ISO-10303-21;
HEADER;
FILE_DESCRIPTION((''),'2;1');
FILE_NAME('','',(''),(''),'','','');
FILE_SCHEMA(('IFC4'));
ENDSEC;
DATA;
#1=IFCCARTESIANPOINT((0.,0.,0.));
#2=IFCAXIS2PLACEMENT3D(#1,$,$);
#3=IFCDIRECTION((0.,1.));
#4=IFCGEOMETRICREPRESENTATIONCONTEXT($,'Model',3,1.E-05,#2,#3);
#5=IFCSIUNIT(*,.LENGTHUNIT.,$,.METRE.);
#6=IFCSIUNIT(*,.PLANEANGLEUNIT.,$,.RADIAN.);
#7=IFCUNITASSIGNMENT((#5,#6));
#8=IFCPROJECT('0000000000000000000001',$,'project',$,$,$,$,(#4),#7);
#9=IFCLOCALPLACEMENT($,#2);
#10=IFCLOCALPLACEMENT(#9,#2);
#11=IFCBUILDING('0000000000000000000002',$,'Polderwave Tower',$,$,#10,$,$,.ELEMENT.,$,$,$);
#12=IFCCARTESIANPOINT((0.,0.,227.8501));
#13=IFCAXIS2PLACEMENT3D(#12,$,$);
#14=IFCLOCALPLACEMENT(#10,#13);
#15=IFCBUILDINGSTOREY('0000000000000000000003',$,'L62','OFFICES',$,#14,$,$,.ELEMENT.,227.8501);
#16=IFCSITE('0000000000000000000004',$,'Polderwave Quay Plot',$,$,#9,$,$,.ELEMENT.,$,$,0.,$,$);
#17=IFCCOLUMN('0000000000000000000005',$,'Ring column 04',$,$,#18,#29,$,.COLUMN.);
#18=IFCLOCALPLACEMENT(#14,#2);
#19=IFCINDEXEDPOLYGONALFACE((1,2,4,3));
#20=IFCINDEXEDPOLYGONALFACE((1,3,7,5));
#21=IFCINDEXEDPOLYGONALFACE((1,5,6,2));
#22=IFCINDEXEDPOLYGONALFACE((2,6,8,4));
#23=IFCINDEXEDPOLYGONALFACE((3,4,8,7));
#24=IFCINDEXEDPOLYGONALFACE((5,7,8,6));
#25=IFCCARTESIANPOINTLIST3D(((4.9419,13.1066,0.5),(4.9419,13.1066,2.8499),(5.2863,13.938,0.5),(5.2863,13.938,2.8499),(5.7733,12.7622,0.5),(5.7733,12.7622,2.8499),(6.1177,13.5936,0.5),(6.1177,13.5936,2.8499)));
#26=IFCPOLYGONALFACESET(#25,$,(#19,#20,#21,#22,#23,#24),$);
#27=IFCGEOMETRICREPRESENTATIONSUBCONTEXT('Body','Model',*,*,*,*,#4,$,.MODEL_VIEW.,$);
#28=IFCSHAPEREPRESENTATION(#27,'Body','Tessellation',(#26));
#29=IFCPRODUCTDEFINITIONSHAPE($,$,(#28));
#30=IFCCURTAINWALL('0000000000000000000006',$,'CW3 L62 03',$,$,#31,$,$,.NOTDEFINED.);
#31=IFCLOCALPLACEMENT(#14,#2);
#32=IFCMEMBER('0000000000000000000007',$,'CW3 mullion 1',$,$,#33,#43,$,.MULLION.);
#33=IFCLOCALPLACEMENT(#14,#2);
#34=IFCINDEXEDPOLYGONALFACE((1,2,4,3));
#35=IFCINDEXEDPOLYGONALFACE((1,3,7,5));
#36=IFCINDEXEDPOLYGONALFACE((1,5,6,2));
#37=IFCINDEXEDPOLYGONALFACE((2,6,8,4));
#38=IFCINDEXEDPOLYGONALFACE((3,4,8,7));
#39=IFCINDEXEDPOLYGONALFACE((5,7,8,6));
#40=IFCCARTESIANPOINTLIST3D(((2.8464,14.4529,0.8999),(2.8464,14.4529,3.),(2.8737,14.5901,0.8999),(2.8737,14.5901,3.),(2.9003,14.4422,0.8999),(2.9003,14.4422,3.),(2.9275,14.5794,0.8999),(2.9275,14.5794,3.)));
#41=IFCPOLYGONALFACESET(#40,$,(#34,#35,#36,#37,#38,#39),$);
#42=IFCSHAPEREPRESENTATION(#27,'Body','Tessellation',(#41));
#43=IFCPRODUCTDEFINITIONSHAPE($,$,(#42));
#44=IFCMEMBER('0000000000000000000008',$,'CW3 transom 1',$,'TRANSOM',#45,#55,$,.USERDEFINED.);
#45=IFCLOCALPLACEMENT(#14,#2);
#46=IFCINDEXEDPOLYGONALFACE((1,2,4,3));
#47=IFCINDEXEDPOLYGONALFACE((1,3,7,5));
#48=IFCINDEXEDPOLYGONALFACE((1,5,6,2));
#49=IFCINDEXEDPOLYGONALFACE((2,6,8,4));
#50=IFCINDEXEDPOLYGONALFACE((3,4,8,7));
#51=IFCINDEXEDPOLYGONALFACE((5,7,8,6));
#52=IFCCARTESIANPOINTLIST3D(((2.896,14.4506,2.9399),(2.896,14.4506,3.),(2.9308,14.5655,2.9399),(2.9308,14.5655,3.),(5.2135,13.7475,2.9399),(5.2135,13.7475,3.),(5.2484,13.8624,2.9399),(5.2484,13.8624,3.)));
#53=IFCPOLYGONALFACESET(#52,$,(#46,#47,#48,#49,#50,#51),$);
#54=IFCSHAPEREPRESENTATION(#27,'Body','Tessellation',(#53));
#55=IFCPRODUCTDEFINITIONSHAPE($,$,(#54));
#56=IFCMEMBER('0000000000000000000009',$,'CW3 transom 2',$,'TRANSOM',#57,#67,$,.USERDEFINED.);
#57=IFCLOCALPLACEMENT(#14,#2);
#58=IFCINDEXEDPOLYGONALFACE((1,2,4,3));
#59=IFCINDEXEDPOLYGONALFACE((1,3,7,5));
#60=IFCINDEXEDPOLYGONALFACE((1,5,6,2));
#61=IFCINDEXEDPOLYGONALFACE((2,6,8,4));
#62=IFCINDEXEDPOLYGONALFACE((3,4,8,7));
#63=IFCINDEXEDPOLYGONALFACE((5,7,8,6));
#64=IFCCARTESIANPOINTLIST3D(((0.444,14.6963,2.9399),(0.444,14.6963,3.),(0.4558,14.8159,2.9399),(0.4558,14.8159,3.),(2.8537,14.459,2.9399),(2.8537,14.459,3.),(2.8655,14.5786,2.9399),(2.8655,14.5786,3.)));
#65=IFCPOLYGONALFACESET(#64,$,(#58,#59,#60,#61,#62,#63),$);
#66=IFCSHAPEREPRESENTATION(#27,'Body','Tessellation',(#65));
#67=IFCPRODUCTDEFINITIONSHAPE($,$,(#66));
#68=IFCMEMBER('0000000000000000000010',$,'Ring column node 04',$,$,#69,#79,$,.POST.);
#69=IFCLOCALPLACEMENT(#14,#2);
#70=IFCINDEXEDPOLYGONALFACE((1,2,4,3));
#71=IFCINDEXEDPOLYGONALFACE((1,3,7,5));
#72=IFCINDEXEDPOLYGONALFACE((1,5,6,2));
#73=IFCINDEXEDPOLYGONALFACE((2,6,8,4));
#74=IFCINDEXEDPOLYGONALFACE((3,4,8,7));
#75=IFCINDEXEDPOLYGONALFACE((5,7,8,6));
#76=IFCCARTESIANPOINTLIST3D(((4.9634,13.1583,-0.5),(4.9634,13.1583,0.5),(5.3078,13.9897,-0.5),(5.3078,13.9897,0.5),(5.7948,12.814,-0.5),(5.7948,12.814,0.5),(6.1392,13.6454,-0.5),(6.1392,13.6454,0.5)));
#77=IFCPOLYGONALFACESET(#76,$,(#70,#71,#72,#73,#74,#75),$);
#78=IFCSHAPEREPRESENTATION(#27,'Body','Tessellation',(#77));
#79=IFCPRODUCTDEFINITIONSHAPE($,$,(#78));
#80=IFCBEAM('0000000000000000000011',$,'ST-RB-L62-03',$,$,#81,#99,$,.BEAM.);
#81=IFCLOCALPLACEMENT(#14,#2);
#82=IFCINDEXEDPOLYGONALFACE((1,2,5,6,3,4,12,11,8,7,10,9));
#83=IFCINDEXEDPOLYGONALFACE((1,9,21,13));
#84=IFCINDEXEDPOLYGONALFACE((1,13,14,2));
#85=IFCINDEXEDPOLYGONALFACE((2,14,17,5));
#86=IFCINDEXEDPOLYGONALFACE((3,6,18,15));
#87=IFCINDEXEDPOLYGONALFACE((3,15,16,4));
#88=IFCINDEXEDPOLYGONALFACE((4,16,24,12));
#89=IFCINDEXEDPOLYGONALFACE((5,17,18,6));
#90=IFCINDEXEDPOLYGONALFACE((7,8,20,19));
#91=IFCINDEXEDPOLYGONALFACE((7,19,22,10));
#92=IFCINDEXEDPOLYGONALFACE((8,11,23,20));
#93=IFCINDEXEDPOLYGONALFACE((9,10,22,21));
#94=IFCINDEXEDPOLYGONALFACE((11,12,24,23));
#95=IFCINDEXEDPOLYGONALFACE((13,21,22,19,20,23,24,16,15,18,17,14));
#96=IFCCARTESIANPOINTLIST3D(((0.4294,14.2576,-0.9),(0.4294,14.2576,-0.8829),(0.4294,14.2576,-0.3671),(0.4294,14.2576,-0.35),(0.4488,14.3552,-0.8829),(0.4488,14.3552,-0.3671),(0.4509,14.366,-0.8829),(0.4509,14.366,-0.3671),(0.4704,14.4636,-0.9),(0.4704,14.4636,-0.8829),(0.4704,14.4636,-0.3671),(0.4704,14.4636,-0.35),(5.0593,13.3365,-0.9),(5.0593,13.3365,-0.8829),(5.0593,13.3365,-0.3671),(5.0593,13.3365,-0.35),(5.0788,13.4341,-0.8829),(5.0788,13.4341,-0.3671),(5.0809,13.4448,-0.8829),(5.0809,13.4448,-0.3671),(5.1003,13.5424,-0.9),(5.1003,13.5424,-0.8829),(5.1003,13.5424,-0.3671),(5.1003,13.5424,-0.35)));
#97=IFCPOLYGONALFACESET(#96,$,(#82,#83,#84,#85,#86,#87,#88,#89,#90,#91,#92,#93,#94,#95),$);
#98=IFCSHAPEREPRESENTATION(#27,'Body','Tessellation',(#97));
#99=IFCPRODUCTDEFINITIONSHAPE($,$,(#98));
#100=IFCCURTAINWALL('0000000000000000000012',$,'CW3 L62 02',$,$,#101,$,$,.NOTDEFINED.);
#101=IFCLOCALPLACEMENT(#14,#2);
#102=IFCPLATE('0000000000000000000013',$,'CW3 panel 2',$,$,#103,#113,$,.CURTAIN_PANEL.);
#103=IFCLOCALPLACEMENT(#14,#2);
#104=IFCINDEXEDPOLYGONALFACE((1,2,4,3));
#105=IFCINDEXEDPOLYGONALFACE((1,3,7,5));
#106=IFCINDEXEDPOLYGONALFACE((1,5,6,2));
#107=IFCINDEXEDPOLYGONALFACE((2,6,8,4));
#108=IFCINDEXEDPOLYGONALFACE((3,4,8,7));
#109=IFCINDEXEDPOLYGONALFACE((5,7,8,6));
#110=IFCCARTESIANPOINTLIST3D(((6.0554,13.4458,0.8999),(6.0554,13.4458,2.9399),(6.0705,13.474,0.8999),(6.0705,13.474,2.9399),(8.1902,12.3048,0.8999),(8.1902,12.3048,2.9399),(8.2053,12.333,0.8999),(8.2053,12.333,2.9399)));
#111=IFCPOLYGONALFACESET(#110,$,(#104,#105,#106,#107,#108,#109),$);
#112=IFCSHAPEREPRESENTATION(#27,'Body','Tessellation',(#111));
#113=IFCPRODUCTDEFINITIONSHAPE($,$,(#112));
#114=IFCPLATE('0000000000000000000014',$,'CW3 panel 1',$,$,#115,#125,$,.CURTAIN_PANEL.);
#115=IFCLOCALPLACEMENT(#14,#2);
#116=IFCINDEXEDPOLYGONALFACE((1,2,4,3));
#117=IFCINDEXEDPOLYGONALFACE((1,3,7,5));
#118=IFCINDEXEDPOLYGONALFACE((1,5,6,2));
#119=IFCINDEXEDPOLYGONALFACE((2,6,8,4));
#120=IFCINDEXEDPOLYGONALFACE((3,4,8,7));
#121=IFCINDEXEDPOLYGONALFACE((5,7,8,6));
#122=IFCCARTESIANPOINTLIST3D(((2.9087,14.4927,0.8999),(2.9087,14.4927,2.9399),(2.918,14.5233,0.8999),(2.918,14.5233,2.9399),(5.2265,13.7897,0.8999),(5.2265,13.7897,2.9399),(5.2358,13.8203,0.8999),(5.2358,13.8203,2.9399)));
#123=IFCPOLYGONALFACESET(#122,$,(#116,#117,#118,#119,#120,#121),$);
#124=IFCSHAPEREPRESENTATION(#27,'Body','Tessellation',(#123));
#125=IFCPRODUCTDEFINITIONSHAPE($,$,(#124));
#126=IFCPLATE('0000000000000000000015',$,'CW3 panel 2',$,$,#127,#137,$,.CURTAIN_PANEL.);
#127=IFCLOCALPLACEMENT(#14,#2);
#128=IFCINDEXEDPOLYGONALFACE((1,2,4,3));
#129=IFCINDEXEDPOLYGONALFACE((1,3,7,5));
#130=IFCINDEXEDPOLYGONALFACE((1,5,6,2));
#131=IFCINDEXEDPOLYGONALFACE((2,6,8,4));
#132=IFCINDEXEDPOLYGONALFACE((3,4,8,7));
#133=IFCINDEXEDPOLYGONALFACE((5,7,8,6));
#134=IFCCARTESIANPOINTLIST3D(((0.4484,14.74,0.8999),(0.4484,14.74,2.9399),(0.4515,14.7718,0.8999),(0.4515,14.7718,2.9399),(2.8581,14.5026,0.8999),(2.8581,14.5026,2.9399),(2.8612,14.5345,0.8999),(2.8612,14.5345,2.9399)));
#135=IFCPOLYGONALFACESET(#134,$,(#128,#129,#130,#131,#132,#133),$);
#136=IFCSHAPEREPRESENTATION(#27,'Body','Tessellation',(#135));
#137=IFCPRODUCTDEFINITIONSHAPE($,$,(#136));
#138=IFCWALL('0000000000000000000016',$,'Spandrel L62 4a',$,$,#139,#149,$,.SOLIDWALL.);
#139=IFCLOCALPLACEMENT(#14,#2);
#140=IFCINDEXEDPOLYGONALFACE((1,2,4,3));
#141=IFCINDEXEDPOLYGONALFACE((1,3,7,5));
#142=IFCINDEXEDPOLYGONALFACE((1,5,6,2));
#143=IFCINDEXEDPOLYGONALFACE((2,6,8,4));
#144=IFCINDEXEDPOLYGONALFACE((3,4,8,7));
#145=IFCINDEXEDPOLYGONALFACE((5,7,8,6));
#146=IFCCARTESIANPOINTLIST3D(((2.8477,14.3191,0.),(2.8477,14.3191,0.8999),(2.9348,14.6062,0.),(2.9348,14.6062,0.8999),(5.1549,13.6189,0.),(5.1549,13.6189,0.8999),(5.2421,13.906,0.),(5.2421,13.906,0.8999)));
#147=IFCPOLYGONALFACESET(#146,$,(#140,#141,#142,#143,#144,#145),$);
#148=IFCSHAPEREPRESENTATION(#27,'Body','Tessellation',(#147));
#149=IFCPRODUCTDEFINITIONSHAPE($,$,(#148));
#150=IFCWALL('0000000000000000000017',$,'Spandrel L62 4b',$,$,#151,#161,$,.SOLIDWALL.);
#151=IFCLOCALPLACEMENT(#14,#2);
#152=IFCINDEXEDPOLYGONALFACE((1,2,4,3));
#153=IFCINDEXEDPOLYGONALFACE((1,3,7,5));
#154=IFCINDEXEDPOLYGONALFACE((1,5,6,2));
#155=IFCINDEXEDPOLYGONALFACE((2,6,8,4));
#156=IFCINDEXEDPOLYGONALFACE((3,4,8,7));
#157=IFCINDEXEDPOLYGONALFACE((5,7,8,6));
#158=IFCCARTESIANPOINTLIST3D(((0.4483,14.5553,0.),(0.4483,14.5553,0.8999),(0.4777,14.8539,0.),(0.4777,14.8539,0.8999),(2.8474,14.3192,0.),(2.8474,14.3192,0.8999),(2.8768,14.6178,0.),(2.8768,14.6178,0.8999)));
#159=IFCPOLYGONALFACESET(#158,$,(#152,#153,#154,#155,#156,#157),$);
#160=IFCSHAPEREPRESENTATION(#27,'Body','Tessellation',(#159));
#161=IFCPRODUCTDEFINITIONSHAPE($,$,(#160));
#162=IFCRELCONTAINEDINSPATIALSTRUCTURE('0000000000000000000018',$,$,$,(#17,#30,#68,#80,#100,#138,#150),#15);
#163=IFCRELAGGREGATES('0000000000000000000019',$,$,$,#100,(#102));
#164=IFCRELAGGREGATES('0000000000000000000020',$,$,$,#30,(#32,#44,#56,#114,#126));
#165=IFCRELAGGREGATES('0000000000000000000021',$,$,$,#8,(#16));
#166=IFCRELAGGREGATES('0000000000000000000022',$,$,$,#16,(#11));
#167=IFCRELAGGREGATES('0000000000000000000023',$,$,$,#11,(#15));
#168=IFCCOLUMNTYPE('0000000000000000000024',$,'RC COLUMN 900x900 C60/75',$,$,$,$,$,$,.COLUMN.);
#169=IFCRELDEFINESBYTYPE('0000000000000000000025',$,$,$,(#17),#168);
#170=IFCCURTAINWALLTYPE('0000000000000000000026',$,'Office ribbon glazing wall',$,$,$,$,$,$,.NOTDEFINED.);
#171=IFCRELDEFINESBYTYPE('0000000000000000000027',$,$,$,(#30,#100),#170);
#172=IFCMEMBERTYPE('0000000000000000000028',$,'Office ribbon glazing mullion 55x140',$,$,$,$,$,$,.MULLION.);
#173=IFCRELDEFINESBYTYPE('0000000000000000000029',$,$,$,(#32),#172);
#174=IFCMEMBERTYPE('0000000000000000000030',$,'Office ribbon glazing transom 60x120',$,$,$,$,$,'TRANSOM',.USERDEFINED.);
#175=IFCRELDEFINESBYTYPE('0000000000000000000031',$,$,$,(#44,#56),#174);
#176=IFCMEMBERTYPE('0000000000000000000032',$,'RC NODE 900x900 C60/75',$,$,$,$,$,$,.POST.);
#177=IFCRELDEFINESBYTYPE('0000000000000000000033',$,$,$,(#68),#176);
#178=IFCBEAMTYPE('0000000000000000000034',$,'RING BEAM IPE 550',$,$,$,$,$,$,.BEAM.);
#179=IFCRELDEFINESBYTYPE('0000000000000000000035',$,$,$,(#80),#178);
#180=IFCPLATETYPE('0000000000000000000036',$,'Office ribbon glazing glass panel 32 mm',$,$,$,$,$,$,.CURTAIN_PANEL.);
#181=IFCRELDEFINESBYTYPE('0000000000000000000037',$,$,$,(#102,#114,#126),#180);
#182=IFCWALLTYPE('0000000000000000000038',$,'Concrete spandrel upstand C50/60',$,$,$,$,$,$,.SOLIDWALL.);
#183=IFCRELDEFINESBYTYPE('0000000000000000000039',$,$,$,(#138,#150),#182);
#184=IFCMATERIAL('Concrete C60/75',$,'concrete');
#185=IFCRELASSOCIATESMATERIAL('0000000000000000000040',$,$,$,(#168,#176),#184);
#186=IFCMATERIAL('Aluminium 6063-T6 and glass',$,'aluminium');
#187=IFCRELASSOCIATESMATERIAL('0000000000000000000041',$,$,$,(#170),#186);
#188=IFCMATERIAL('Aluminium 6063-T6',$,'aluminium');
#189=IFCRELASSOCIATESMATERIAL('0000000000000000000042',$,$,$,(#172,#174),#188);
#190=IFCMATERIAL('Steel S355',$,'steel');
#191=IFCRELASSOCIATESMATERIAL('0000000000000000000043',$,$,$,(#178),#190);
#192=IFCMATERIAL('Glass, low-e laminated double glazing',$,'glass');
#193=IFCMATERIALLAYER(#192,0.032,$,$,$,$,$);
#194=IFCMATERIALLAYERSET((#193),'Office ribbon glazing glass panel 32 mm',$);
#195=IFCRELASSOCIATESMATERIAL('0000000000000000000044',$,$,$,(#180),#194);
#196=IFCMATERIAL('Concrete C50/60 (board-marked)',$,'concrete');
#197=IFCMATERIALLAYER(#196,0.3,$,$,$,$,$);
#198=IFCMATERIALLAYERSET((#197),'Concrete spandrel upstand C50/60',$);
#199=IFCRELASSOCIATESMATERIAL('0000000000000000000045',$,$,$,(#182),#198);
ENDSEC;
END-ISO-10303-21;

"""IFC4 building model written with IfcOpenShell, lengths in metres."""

from ifc_helpers import new_model, si_unit, direction, frame, frame_2d, origin, origin_2d, place, context, subcontext, project, spatial, rectangle, i_section, extrude, material, layer, layer_set, material_profile, profile_set, type_object, element, aggregate, save


model = new_model("IFC4")

# Units and contexts
model_context = context("Model", 3, precision=1e-05, world=origin(), true_north=direction((0.0, 1.0)))
body_context = subcontext(model_context, "Body", "Model", "MODEL_VIEW")
ifc_project = project(units=[si_unit("LENGTHUNIT", "METRE"), si_unit("PLANEANGLEUNIT", "RADIAN")], contexts=[model_context])

# Site, building, storey
site_placement = place(None, origin())
site = spatial("IfcSite", under=ifc_project, at=site_placement, Name="Polderwave Quay Plot", CompositionType="ELEMENT", RefElevation=0.0)
building_placement = place(site_placement, origin())
building = spatial("IfcBuilding", under=site, at=building_placement, Name="Polderwave Tower", CompositionType="ELEMENT")
storey_placement = place(building_placement, frame((0.0, 0.0, 227.8501)))
storey = spatial("IfcBuildingStorey", under=building, at=storey_placement, Name="L62", Description="OFFICES", CompositionType="ELEMENT", Elevation=227.8501)

# Column
ifc_material_1 = material(Name="Concrete C60/75", Category="concrete")
ifc_material_profile_1 = material_profile(ifc_material_1, rectangle(XDim=0.8999, YDim=0.8999, at=origin_2d()), Name="RC 900x900")
ifc_profile_set_1 = profile_set([ifc_material_profile_1], Name="Concrete C60/75")
column_type = type_object("IfcColumnType", Name="RC COLUMN 900x900 C60/75", PredefinedType="COLUMN", material=ifc_profile_set_1)
column_placement = place(storey_placement, frame((5.5298, 13.3501, 0.5), z_axis=(0.0, 0.0, 1.0), x_axis=(0.382683, 0.92388, 0.0)))
element("IfcColumn", 1, at=column_placement, inside=storey, type_object=column_type, Name="Ring column 04", PredefinedType="COLUMN", context=body_context, shape_type="SweptSolid", body=[
    extrude(rectangle(XDim=0.8999, YDim=0.8999, at=origin_2d()), origin(), (0.0, 0.0, 1.0), 2.3499),
])

# Curtain wall, members
ifc_material_2 = material(Name="Aluminium 6063-T6 and glass", Category="aluminium")
curtain_wall_type = type_object("IfcCurtainWallType", Name="Office ribbon glazing wall", PredefinedType="NOTDEFINED", material=ifc_material_2)
curtain_wall_1_placement = place(storey_placement, origin())
curtain_wall_1 = element("IfcCurtainWall", 2, at=curtain_wall_1_placement, inside=storey, type_object=curtain_wall_type, Name="CW3 L62 03", PredefinedType="NOTDEFINED")
ifc_material_3 = material(Name="Aluminium 6063-T6", Category="aluminium")
ifc_material_profile_2 = material_profile(ifc_material_3, rectangle(XDim=0.1399, YDim=0.0549, at=origin_2d()), Name="AL 55x140")
ifc_profile_set_2 = profile_set([ifc_material_profile_2], Name="Aluminium 6063-T6")
member_type_1 = type_object("IfcMemberType", Name="Office ribbon glazing mullion 55x140", PredefinedType="MULLION", material=ifc_profile_set_2)
member_1_placement = place(storey_placement, frame((2.887, 14.5161, 0.8999), z_axis=(0.0, 0.0, 1.0), x_axis=(-0.195077, -0.980788, 0.0)))
member_1 = element("IfcMember", 3, at=member_1_placement, type_object=member_type_1, Name="CW3 mullion 1", PredefinedType="MULLION", context=body_context, shape_type="SweptSolid", body=[
    extrude(rectangle(XDim=0.1399, YDim=0.0549, at=origin_2d()), origin(), (0.0, 0.0, 1.0), 2.1001),
])
ifc_material_profile_3 = material_profile(ifc_material_3, rectangle(XDim=0.1201, YDim=0.0601, at=origin_2d()), Name="AL 60x120")
ifc_profile_set_3 = profile_set([ifc_material_profile_3], Name="Aluminium 6063-T6")
member_type_2 = type_object("IfcMemberType", Name="Office ribbon glazing transom 60x120", ElementType="TRANSOM", PredefinedType="USERDEFINED", material=ifc_profile_set_3)
member_2_placement = place(storey_placement, frame((5.231, 13.8049, 2.97), z_axis=(-0.956931, 0.290315, 0.0), x_axis=(-0.290315, -0.956931, 0.0)))
member_2 = element("IfcMember", 4, at=member_2_placement, type_object=member_type_2, Name="CW3 transom 1", ObjectType="TRANSOM", PredefinedType="USERDEFINED", context=body_context, shape_type="SweptSolid", body=[
    extrude(rectangle(XDim=0.1201, YDim=0.0601, at=origin_2d()), origin(), (0.0, 0.0, 1.0), 2.4219),
])
member_3_placement = place(storey_placement, frame((2.8596, 14.5188, 2.97), z_axis=(-0.995186, 0.098006, 0.0), x_axis=(-0.098006, -0.995186, 0.0)))
member_3 = element("IfcMember", 5, at=member_3_placement, type_object=member_type_2, Name="CW3 transom 2", ObjectType="TRANSOM", PredefinedType="USERDEFINED", context=body_context, shape_type="SweptSolid", body=[
    extrude(rectangle(XDim=0.1201, YDim=0.0601, at=origin_2d()), origin(), (0.0, 0.0, 1.0), 2.4214),
])

# Member
ifc_material_profile_4 = material_profile(ifc_material_1, rectangle(XDim=0.8999, YDim=0.8999, at=origin_2d()), Name="RC 900x900")
ifc_profile_set_4 = profile_set([ifc_material_profile_4], Name="Concrete C60/75")
member_type_3 = type_object("IfcMemberType", Name="RC NODE 900x900 C60/75", PredefinedType="POST", material=ifc_profile_set_4)
member_4_placement = place(storey_placement, frame((5.5513, 13.4019, -0.5), z_axis=(0.0, 0.0, 1.0), x_axis=(0.382683, 0.92388, 0.0)))
element("IfcMember", 6, at=member_4_placement, inside=storey, type_object=member_type_3, Name="Ring column node 04", PredefinedType="POST", context=body_context, shape_type="SweptSolid", body=[
    extrude(rectangle(XDim=0.8999, YDim=0.8999, at=origin_2d()), origin(), (0.0, 0.0, 1.0), 1.0),
])

# Beam
ifc_material_4 = material(Name="Steel S355", Category="steel")
ifc_material_profile_5 = material_profile(ifc_material_4, i_section(OverallWidth=0.21, OverallDepth=0.55, WebThickness=0.011, FlangeThickness=0.0171, at=origin_2d()), Name="IPE 550")
ifc_profile_set_5 = profile_set([ifc_material_profile_5], Name="Steel S355")
beam_type = type_object("IfcBeamType", Name="RING BEAM IPE 550", PredefinedType="BEAM", material=ifc_profile_set_5)
beam_placement = place(storey_placement, frame((5.0798, 13.4395, -0.625), z_axis=(-0.980777, 0.195131, 0.0), x_axis=(-0.195131, -0.980777, 0.0)))
element("IfcBeam", 7, at=beam_placement, inside=storey, type_object=beam_type, Name="ST-RB-L62-03", PredefinedType="BEAM", context=body_context, shape_type="SweptSolid", body=[
    extrude(i_section(OverallWidth=0.21, OverallDepth=0.55, WebThickness=0.011, FlangeThickness=0.0171, at=origin_2d()), origin(), (0.0, 0.0, 1.0), 4.7207),
])

# Curtain wall, plate
curtain_wall_2_placement = place(storey_placement, origin())
curtain_wall_2 = element("IfcCurtainWall", 8, at=curtain_wall_2_placement, inside=storey, type_object=curtain_wall_type, Name="CW3 L62 02", PredefinedType="NOTDEFINED")
ifc_material_5 = material(Name="Glass, low-e laminated double glazing", Category="glass")
ifc_layer_1 = layer(ifc_material_5, 0.032)
ifc_layer_set_1 = layer_set([ifc_layer_1], Name="Office ribbon glazing glass panel 32 mm")
plate_type = type_object("IfcPlateType", Name="Office ribbon glazing glass panel 32 mm", PredefinedType="CURTAIN_PANEL", material=ifc_layer_set_1)
plate_1_placement = place(storey_placement, frame((7.1304, 12.8894, 0.8999), z_axis=(0.0, 0.0, 1.0), x_axis=(-0.881923, 0.471394, 0.0)))
plate_1 = element("IfcPlate", 9, at=plate_1_placement, type_object=plate_type, Name="CW3 panel 2", PredefinedType="CURTAIN_PANEL", context=body_context, shape_type="SweptSolid", body=[
    extrude(rectangle(XDim=2.4207, YDim=0.032, at=origin_2d()), origin(), (0.0, 0.0, 1.0), 2.04),
])
aggregate(curtain_wall_2, [plate_1])

# Plates
plate_2_placement = place(storey_placement, frame((4.0723, 14.1565, 0.8999), z_axis=(0.0, 0.0, 1.0), x_axis=(-0.956945, 0.290268, 0.0)))
plate_2 = element("IfcPlate", 10, at=plate_2_placement, type_object=plate_type, Name="CW3 panel 1", PredefinedType="CURTAIN_PANEL", context=body_context, shape_type="SweptSolid", body=[
    extrude(rectangle(XDim=2.4221, YDim=0.032, at=origin_2d()), origin(), (0.0, 0.0, 1.0), 2.04),
])
plate_3_placement = place(storey_placement, frame((1.6548, 14.6372, 0.8999), z_axis=(0.0, 0.0, 1.0), x_axis=(-0.995186, 0.098008, 0.0)))
plate_3 = element("IfcPlate", 11, at=plate_3_placement, type_object=plate_type, Name="CW3 panel 2", PredefinedType="CURTAIN_PANEL", context=body_context, shape_type="SweptSolid", body=[
    extrude(rectangle(XDim=2.4214, YDim=0.032, at=origin_2d()), origin(), (0.0, 0.0, 1.0), 2.04),
])
aggregate(curtain_wall_1, [member_1, member_2, member_3, plate_2, plate_3])

# Walls
ifc_material_6 = material(Name="Concrete C50/60 (board-marked)", Category="concrete")
ifc_layer_2 = layer(ifc_material_6, 0.3)
ifc_layer_set_2 = layer_set([ifc_layer_2], Name="Concrete spandrel upstand C50/60")
wall_type_1 = type_object("IfcWallType", Name="Concrete spandrel upstand C50/60", PredefinedType="SOLIDWALL", material=ifc_layer_set_2)
wall_1_placement = place(storey_placement, frame((5.1985, 13.7625, 0.0), z_axis=(0.0, 0.0, 1.0), x_axis=(-0.956902, 0.290412, 0.0)))
element("IfcWall", 12, at=wall_1_placement, inside=storey, type_object=wall_type_1, Name="Spandrel L62 4a", PredefinedType="SOLIDWALL", context=body_context, shape_type="SweptSolid", body=[
    extrude(rectangle(XDim=2.4111, YDim=0.3, at=frame_2d((1.2056, 0.0))), origin(), (0.0, 0.0, 1.0), 0.8999),
])
wall_2_placement = place(storey_placement, frame((2.8621, 14.4685, 0.0), z_axis=(0.0, 0.0, 1.0), x_axis=(-0.995193, 0.097929, 0.0)))
element("IfcWall", 13, at=wall_2_placement, inside=storey, type_object=wall_type_1, Name="Spandrel L62 4b", PredefinedType="SOLIDWALL", context=body_context, shape_type="SweptSolid", body=[
    extrude(rectangle(XDim=2.4106, YDim=0.3, at=frame_2d((1.2053, 0.0))), origin(), (0.0, 0.0, 1.0), 0.8999),
])

save(model, "model.ifc")
